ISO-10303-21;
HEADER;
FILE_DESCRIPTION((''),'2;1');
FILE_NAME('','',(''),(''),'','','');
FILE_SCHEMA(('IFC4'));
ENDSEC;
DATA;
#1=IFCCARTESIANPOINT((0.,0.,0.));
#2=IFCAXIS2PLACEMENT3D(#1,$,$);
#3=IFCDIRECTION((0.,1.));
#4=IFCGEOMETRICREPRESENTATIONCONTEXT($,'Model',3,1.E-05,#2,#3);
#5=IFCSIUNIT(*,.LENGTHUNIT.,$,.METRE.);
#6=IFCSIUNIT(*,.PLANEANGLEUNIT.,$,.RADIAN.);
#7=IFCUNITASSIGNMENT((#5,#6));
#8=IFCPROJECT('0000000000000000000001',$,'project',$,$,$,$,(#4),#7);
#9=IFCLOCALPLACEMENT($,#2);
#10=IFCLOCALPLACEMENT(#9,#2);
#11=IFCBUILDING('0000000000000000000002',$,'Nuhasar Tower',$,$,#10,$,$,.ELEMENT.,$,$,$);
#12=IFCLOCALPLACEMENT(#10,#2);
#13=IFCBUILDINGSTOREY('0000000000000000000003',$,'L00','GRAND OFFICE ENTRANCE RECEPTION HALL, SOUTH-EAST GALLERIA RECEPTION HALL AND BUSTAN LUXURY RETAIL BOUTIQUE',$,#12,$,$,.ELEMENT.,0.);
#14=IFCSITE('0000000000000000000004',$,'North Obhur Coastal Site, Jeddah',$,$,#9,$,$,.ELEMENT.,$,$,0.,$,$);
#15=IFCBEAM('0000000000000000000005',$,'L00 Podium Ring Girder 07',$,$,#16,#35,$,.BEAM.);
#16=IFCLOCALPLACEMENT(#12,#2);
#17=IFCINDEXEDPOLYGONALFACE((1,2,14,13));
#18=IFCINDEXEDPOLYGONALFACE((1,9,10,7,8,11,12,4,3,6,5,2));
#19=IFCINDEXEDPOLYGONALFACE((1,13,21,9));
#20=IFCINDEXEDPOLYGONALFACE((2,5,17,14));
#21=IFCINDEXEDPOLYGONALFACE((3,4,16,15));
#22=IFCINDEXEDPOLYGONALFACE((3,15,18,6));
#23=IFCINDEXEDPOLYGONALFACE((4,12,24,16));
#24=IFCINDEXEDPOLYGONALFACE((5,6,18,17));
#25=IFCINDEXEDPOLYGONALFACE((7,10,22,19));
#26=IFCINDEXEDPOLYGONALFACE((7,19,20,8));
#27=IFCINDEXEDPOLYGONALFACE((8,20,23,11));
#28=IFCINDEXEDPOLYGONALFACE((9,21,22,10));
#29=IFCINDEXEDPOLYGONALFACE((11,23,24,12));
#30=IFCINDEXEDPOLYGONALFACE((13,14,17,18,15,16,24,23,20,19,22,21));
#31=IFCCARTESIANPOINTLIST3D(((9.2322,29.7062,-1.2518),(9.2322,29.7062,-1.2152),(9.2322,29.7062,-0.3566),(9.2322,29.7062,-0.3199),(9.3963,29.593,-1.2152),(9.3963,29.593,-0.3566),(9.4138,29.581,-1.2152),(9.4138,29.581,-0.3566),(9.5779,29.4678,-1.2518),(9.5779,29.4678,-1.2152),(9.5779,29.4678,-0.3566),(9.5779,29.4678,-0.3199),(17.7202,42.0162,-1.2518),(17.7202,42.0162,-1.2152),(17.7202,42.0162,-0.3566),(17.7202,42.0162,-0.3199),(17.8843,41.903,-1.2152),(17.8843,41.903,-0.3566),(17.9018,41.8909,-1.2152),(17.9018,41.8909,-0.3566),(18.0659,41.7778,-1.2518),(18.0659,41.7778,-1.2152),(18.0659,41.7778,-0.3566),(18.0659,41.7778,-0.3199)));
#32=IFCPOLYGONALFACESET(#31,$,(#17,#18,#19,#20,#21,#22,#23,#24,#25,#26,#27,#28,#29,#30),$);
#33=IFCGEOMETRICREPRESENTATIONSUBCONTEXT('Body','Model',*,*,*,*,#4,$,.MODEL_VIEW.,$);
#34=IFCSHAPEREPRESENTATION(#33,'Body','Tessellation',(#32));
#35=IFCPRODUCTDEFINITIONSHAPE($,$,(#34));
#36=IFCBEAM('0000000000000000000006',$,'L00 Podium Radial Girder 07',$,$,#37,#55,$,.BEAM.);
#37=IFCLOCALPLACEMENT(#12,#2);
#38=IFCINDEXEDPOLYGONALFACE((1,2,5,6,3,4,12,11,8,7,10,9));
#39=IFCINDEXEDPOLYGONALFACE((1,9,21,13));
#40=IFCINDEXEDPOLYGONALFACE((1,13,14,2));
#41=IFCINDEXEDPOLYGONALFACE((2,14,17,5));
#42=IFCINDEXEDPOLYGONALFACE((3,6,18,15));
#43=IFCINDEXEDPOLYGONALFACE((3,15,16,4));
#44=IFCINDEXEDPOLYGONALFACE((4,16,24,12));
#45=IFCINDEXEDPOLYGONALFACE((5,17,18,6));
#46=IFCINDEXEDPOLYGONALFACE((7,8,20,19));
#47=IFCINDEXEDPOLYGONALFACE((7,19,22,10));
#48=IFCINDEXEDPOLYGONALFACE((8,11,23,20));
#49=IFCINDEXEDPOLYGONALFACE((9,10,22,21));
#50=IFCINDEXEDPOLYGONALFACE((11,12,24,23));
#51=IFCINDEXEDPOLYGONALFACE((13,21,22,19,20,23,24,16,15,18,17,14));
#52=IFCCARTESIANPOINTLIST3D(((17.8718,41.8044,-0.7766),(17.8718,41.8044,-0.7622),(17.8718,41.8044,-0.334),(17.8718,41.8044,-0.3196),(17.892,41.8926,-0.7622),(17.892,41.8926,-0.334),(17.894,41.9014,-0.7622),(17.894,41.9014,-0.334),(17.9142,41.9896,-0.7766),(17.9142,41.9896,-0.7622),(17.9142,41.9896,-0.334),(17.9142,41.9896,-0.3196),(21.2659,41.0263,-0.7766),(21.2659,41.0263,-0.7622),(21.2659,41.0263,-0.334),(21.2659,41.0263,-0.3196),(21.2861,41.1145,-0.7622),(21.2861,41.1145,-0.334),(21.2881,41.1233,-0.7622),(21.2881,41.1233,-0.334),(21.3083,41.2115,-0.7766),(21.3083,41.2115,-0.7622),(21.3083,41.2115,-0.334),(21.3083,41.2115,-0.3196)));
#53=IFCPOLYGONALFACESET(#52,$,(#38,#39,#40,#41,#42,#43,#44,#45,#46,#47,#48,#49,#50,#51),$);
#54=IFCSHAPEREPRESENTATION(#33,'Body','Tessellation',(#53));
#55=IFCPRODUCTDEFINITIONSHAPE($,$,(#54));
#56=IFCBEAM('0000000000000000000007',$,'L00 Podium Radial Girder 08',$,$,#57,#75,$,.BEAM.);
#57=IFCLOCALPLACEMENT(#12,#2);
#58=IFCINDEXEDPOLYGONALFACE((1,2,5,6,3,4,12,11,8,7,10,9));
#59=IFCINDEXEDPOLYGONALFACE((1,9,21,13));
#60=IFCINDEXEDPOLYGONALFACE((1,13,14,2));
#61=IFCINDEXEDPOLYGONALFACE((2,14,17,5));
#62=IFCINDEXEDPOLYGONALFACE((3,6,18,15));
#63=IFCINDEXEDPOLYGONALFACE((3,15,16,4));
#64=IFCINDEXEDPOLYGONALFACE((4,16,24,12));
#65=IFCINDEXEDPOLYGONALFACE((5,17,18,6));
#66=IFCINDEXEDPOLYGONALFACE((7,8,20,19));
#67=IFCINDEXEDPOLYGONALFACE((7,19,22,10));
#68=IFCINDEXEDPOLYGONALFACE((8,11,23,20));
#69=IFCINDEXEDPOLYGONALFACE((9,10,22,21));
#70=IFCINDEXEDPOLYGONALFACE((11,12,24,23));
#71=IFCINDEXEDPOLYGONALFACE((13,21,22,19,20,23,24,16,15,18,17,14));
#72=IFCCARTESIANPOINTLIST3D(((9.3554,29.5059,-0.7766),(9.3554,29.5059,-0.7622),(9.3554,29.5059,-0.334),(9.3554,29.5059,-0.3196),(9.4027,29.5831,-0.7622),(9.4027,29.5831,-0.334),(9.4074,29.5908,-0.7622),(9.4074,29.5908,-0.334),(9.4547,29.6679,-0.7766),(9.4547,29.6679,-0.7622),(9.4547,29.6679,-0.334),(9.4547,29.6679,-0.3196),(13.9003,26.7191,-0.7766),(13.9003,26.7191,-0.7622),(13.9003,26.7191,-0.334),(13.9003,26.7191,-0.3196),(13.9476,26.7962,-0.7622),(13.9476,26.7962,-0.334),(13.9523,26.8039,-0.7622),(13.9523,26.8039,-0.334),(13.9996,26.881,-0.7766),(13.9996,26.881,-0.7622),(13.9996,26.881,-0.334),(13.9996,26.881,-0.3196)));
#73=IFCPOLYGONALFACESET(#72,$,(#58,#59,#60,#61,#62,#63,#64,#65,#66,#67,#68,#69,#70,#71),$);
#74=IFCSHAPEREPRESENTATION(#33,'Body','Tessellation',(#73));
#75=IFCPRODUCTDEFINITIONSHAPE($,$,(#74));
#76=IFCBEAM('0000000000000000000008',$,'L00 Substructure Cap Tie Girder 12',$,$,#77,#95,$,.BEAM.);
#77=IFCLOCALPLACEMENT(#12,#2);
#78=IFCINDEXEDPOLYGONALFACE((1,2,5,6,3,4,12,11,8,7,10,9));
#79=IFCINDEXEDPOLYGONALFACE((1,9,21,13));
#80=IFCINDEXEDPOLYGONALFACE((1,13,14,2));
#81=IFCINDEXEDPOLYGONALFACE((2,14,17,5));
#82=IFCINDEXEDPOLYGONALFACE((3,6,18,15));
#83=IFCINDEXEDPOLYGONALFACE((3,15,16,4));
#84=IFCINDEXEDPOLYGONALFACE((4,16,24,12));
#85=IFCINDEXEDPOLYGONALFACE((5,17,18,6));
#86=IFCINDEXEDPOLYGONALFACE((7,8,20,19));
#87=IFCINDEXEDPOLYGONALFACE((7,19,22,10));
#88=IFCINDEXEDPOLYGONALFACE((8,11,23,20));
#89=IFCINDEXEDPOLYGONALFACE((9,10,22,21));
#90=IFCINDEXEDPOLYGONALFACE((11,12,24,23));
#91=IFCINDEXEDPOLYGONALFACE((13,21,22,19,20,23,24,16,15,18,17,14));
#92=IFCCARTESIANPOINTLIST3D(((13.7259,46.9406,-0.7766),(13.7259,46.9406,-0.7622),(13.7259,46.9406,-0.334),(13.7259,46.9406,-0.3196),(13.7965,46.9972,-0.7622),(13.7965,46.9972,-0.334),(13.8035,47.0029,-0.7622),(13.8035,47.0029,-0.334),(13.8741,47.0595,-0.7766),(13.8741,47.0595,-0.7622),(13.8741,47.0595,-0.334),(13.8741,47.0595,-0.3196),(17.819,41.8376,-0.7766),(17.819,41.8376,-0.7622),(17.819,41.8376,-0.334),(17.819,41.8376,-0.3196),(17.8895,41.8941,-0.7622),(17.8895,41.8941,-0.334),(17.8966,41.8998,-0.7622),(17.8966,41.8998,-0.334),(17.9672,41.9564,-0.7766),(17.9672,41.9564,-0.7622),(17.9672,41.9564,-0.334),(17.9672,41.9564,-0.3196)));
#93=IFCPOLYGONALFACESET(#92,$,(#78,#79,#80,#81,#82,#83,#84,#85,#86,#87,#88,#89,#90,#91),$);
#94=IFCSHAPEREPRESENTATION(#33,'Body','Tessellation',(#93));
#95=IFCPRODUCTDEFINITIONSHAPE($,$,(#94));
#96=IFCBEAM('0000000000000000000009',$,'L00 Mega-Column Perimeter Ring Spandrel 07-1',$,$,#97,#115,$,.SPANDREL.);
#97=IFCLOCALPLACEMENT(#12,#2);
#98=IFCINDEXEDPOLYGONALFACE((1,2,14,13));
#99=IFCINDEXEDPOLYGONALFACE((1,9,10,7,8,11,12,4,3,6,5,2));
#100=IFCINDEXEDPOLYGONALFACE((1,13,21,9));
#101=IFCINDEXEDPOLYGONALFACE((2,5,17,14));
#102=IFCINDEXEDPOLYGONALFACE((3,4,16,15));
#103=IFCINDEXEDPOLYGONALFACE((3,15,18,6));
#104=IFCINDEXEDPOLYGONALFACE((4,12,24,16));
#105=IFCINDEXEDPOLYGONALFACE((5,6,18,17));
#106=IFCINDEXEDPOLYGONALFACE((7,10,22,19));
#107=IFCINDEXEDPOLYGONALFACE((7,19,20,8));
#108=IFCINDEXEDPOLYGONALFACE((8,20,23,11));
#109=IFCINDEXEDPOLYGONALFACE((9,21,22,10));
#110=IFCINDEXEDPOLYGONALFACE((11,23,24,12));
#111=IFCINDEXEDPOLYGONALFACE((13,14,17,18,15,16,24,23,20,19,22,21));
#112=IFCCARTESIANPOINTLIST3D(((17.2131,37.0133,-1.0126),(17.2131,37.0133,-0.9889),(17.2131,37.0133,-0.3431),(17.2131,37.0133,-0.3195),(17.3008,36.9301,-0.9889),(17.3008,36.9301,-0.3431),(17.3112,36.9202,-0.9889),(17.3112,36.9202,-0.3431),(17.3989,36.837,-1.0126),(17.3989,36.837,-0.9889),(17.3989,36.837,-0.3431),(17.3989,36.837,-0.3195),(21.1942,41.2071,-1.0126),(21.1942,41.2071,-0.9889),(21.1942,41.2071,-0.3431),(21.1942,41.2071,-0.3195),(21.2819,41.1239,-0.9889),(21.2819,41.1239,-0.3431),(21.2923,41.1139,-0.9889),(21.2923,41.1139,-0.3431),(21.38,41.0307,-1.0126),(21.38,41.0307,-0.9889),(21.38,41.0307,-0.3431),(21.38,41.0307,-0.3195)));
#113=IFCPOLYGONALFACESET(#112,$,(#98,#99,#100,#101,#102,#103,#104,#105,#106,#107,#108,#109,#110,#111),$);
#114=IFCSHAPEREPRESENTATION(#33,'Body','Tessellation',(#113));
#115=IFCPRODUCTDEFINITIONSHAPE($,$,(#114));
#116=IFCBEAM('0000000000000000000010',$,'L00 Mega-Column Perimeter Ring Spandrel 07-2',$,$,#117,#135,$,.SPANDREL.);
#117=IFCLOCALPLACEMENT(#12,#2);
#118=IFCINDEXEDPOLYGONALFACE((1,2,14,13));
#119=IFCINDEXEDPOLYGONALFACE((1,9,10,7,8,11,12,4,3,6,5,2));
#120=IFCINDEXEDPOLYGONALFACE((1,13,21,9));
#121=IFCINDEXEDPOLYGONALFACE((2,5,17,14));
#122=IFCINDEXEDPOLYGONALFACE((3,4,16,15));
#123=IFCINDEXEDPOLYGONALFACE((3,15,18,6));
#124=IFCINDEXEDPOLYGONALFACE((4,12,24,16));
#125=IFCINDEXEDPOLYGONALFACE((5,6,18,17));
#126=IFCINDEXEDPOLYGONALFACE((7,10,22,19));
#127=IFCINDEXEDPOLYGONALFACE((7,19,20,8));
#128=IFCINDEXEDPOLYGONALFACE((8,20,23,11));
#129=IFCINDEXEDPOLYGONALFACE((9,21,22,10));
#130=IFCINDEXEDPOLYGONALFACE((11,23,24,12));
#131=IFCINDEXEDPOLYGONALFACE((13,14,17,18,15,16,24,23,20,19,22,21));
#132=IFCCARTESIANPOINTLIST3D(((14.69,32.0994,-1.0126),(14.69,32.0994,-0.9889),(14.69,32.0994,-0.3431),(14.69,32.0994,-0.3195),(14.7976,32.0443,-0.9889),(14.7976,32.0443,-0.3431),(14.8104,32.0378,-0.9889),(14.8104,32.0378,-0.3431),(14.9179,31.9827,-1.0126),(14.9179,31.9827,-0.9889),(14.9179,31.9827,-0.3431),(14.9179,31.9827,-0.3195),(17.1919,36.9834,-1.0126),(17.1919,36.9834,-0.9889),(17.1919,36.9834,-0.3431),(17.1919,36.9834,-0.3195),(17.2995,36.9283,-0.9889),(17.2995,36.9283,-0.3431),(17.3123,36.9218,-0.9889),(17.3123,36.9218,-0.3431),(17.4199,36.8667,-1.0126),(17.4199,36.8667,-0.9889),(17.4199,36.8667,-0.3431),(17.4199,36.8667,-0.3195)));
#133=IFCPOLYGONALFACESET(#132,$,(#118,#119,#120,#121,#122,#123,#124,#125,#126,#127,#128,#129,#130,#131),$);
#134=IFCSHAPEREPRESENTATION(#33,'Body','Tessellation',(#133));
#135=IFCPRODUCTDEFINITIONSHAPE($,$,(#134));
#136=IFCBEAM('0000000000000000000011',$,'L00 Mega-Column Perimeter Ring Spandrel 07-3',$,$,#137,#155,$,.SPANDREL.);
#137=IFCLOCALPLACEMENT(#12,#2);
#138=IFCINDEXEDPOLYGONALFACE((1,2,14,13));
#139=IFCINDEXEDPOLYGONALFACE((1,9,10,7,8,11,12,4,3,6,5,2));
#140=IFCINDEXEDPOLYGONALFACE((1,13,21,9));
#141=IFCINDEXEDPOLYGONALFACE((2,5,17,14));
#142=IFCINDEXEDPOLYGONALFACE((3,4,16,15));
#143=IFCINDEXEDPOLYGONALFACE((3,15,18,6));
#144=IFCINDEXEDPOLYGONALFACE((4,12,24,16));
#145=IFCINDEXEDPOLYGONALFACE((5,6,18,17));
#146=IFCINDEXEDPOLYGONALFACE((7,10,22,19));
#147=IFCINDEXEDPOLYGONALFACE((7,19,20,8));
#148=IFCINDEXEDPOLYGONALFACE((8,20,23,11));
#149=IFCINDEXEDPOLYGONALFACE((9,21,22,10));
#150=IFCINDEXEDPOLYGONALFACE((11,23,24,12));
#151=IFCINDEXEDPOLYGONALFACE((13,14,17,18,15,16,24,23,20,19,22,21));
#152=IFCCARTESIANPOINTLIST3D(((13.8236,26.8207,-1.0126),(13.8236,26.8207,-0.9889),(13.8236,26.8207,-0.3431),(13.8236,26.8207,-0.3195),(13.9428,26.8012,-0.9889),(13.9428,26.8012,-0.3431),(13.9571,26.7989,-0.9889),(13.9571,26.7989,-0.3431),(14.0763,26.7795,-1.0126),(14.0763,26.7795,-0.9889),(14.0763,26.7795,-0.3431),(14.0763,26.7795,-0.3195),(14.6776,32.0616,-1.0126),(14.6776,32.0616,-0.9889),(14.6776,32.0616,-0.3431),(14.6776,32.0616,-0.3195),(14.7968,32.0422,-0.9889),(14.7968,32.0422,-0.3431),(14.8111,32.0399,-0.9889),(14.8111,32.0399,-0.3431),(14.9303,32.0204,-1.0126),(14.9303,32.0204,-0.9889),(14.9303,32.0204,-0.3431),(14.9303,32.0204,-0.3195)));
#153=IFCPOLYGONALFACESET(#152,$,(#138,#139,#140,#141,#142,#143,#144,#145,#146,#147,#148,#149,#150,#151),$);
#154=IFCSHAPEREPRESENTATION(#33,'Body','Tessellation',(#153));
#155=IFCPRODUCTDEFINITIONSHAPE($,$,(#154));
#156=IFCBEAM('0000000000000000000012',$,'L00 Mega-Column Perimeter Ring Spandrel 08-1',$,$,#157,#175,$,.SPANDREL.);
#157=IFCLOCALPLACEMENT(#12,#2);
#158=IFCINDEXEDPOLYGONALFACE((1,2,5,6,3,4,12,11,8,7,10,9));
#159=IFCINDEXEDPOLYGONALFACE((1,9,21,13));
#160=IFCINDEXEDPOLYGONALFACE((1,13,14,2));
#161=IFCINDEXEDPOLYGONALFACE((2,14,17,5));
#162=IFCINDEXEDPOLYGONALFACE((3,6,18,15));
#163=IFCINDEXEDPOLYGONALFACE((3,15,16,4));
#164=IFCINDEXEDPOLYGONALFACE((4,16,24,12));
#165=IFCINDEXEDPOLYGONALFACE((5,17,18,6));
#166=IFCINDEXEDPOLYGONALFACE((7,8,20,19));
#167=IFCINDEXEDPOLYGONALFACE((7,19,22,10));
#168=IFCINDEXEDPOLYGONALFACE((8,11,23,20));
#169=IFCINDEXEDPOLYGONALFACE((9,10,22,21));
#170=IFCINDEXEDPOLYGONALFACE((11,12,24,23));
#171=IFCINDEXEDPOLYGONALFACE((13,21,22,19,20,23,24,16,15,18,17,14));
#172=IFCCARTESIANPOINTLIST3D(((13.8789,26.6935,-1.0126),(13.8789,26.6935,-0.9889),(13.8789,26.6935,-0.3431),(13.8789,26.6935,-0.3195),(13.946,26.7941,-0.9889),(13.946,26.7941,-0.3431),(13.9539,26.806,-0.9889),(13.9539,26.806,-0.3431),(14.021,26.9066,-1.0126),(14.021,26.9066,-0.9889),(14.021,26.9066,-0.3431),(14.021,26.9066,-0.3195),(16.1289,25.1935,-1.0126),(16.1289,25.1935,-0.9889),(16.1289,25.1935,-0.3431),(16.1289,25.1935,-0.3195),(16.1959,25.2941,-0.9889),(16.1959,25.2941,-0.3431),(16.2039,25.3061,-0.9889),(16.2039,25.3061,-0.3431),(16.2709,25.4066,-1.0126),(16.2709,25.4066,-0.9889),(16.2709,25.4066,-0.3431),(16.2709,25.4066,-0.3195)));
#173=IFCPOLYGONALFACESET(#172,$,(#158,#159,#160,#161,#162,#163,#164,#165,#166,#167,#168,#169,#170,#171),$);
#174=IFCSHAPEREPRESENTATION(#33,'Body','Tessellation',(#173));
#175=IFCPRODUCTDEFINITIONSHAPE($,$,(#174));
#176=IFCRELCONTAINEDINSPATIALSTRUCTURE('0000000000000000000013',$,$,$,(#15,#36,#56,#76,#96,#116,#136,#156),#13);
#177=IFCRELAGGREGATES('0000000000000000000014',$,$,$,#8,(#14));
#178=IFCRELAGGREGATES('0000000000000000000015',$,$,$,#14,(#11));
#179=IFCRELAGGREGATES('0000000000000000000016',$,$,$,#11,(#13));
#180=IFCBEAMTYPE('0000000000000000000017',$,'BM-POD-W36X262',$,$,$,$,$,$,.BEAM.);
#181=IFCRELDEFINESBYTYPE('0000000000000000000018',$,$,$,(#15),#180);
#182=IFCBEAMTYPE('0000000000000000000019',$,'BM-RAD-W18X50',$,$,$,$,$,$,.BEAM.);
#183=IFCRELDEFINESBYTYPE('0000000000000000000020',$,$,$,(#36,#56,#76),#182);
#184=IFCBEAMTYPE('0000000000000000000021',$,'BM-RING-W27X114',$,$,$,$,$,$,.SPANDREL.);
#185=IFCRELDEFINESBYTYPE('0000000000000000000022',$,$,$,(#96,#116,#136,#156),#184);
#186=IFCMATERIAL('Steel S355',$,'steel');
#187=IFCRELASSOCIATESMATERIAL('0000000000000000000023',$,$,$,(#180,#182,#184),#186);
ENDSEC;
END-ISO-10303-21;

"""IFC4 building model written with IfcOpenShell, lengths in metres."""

from ifc_helpers import new_model, si_unit, direction, frame, origin, origin_2d, place, context, subcontext, project, spatial, i_section, extrude, material, material_profile, profile_set, type_object, element, save


model = new_model("IFC4")

# Units and contexts
model_context = context("Model", 3, precision=1e-05, world=origin(), true_north=direction((0.0, 1.0)))
body_context = subcontext(model_context, "Body", "Model", "MODEL_VIEW")
ifc_project = project(units=[si_unit("LENGTHUNIT", "METRE"), si_unit("PLANEANGLEUNIT", "RADIAN")], contexts=[model_context])

# Site, building, storey
site_placement = place(None, origin())
site = spatial("IfcSite", under=ifc_project, at=site_placement, Name="North Obhur Coastal Site, Jeddah", CompositionType="ELEMENT", RefElevation=0.0)
building_placement = place(site_placement, origin())
building = spatial("IfcBuilding", under=site, at=building_placement, Name="Nuhasar Tower", CompositionType="ELEMENT")
storey_placement = place(building_placement, origin())
storey = spatial("IfcBuildingStorey", under=building, at=storey_placement, Name="L00", Description="GRAND OFFICE ENTRANCE RECEPTION HALL, SOUTH-EAST GALLERIA RECEPTION HALL AND BUSTAN LUXURY RETAIL BOUTIQUE", CompositionType="ELEMENT", Elevation=0.0)

# Beams
ifc_material_1 = material(Name="Steel S355", Category="steel")
ifc_material_profile_1 = material_profile(ifc_material_1, i_section(OverallWidth=0.4199, OverallDepth=0.9319, WebThickness=0.0212, FlangeThickness=0.0366, at=origin_2d()), Name="W36X262")
ifc_profile_set_1 = profile_set([ifc_material_profile_1], Name="Steel S355")
beam_type_1 = type_object("IfcBeamType", Name="BM-POD-W36X262", PredefinedType="BEAM", material=ifc_profile_set_1)
beam_1_placement = place(storey_placement, frame((17.8931, 41.897, -0.7859), z_axis=(-0.567658, -0.823265, 0.0), x_axis=(0.823265, -0.567658, 0.0)))
element("IfcBeam", 1, at=beam_1_placement, inside=storey, type_object=beam_type_1, Name="L00 Podium Ring Girder 07", PredefinedType="BEAM", context=body_context, shape_type="SweptSolid", body=[
    extrude(i_section(OverallWidth=0.4199, OverallDepth=0.9319, WebThickness=0.0212, FlangeThickness=0.0366, at=origin_2d()), origin(), (0.0, 0.0, 1.0), 14.9526),
])
ifc_material_profile_2 = material_profile(ifc_material_1, i_section(OverallWidth=0.1899, OverallDepth=0.457, WebThickness=0.009, FlangeThickness=0.0144, at=origin_2d()), Name="W18X50")
ifc_profile_set_2 = profile_set([ifc_material_profile_2], Name="Steel S355")
beam_type_2 = type_object("IfcBeamType", Name="BM-RAD-W18X50", PredefinedType="BEAM", material=ifc_profile_set_2)
beam_2_placement = place(storey_placement, frame((21.2871, 41.1189, -0.5481), z_axis=(-0.974715, 0.223451, 0.0), x_axis=(-0.223451, -0.974715, 0.0)))
element("IfcBeam", 2, at=beam_2_placement, inside=storey, type_object=beam_type_2, Name="L00 Podium Radial Girder 07", PredefinedType="BEAM", context=body_context, shape_type="SweptSolid", body=[
    extrude(i_section(OverallWidth=0.1899, OverallDepth=0.457, WebThickness=0.009, FlangeThickness=0.0144, at=origin_2d()), origin(), (0.0, 0.0, 1.0), 3.4822),
])
beam_3_placement = place(storey_placement, frame((13.95, 26.8, -0.5481), z_axis=(-0.852495, 0.522735, 0.0), x_axis=(-0.522735, -0.852495, 0.0)))
element("IfcBeam", 3, at=beam_3_placement, inside=storey, type_object=beam_type_2, Name="L00 Podium Radial Girder 08", PredefinedType="BEAM", context=body_context, shape_type="SweptSolid", body=[
    extrude(i_section(OverallWidth=0.1899, OverallDepth=0.457, WebThickness=0.009, FlangeThickness=0.0144, at=origin_2d()), origin(), (0.0, 0.0, 1.0), 5.3313),
])
beam_4_placement = place(storey_placement, frame((17.8931, 41.897, -0.5481), z_axis=(-0.625682, 0.780078, 0.0), x_axis=(-0.780078, -0.625682, 0.0)))
element("IfcBeam", 4, at=beam_4_placement, inside=storey, type_object=beam_type_2, Name="L00 Substructure Cap Tie Girder 12", PredefinedType="BEAM", context=body_context, shape_type="SweptSolid", body=[
    extrude(i_section(OverallWidth=0.1899, OverallDepth=0.457, WebThickness=0.009, FlangeThickness=0.0144, at=origin_2d()), origin(), (0.0, 0.0, 1.0), 6.5417),
])
ifc_material_profile_3 = material_profile(ifc_material_1, i_section(OverallWidth=0.2561, OverallDepth=0.6931, WebThickness=0.0144, FlangeThickness=0.0237, at=origin_2d()), Name="W27X114")
ifc_profile_set_3 = profile_set([ifc_material_profile_3], Name="Steel S355")
beam_type_3 = type_object("IfcBeamType", Name="BM-RING-W27X114", PredefinedType="SPANDREL", material=ifc_profile_set_3)
beam_5_placement = place(storey_placement, frame((21.2871, 41.1189, -0.666), z_axis=(-0.688481, -0.725254, 0.0), x_axis=(0.725254, -0.688481, 0.0)))
element("IfcBeam", 5, at=beam_5_placement, inside=storey, type_object=beam_type_3, Name="L00 Mega-Column Perimeter Ring Spandrel 07-1", PredefinedType="SPANDREL", context=body_context, shape_type="SweptSolid", body=[
    extrude(i_section(OverallWidth=0.2561, OverallDepth=0.6931, WebThickness=0.0144, FlangeThickness=0.0237, at=origin_2d()), origin(), (0.0, 0.0, 1.0), 5.7825),
])
beam_6_placement = place(storey_placement, frame((17.3059, 36.925, -0.666), z_axis=(-0.45593, -0.890016, 0.0), x_axis=(0.890016, -0.45593, 0.0)))
element("IfcBeam", 6, at=beam_6_placement, inside=storey, type_object=beam_type_3, Name="L00 Mega-Column Perimeter Ring Spandrel 07-2", PredefinedType="SPANDREL", context=body_context, shape_type="SweptSolid", body=[
    extrude(i_section(OverallWidth=0.2561, OverallDepth=0.6931, WebThickness=0.0144, FlangeThickness=0.0237, at=origin_2d()), origin(), (0.0, 0.0, 1.0), 5.4875),
])
beam_7_placement = place(storey_placement, frame((14.804, 32.041, -0.666), z_axis=(-0.160827, -0.986983, 0.0), x_axis=(0.986983, -0.160827, 0.0)))
element("IfcBeam", 7, at=beam_7_placement, inside=storey, type_object=beam_type_3, Name="L00 Mega-Column Perimeter Ring Spandrel 07-3", PredefinedType="SPANDREL", context=body_context, shape_type="SweptSolid", body=[
    extrude(i_section(OverallWidth=0.2561, OverallDepth=0.6931, WebThickness=0.0144, FlangeThickness=0.0237, at=origin_2d()), origin(), (0.0, 0.0, 1.0), 5.3101),
])
beam_8_placement = place(storey_placement, frame((13.95, 26.8, -0.666), z_axis=(0.83205, -0.5547, 0.0), x_axis=(0.5547, 0.83205, 0.0)))
element("IfcBeam", 8, at=beam_8_placement, inside=storey, type_object=beam_type_3, Name="L00 Mega-Column Perimeter Ring Spandrel 08-1", PredefinedType="SPANDREL", context=body_context, shape_type="SweptSolid", body=[
    extrude(i_section(OverallWidth=0.2561, OverallDepth=0.6931, WebThickness=0.0144, FlangeThickness=0.0237, at=origin_2d()), origin(), (0.0, 0.0, 1.0), 2.7041),
])

save(model, "model.ifc")
